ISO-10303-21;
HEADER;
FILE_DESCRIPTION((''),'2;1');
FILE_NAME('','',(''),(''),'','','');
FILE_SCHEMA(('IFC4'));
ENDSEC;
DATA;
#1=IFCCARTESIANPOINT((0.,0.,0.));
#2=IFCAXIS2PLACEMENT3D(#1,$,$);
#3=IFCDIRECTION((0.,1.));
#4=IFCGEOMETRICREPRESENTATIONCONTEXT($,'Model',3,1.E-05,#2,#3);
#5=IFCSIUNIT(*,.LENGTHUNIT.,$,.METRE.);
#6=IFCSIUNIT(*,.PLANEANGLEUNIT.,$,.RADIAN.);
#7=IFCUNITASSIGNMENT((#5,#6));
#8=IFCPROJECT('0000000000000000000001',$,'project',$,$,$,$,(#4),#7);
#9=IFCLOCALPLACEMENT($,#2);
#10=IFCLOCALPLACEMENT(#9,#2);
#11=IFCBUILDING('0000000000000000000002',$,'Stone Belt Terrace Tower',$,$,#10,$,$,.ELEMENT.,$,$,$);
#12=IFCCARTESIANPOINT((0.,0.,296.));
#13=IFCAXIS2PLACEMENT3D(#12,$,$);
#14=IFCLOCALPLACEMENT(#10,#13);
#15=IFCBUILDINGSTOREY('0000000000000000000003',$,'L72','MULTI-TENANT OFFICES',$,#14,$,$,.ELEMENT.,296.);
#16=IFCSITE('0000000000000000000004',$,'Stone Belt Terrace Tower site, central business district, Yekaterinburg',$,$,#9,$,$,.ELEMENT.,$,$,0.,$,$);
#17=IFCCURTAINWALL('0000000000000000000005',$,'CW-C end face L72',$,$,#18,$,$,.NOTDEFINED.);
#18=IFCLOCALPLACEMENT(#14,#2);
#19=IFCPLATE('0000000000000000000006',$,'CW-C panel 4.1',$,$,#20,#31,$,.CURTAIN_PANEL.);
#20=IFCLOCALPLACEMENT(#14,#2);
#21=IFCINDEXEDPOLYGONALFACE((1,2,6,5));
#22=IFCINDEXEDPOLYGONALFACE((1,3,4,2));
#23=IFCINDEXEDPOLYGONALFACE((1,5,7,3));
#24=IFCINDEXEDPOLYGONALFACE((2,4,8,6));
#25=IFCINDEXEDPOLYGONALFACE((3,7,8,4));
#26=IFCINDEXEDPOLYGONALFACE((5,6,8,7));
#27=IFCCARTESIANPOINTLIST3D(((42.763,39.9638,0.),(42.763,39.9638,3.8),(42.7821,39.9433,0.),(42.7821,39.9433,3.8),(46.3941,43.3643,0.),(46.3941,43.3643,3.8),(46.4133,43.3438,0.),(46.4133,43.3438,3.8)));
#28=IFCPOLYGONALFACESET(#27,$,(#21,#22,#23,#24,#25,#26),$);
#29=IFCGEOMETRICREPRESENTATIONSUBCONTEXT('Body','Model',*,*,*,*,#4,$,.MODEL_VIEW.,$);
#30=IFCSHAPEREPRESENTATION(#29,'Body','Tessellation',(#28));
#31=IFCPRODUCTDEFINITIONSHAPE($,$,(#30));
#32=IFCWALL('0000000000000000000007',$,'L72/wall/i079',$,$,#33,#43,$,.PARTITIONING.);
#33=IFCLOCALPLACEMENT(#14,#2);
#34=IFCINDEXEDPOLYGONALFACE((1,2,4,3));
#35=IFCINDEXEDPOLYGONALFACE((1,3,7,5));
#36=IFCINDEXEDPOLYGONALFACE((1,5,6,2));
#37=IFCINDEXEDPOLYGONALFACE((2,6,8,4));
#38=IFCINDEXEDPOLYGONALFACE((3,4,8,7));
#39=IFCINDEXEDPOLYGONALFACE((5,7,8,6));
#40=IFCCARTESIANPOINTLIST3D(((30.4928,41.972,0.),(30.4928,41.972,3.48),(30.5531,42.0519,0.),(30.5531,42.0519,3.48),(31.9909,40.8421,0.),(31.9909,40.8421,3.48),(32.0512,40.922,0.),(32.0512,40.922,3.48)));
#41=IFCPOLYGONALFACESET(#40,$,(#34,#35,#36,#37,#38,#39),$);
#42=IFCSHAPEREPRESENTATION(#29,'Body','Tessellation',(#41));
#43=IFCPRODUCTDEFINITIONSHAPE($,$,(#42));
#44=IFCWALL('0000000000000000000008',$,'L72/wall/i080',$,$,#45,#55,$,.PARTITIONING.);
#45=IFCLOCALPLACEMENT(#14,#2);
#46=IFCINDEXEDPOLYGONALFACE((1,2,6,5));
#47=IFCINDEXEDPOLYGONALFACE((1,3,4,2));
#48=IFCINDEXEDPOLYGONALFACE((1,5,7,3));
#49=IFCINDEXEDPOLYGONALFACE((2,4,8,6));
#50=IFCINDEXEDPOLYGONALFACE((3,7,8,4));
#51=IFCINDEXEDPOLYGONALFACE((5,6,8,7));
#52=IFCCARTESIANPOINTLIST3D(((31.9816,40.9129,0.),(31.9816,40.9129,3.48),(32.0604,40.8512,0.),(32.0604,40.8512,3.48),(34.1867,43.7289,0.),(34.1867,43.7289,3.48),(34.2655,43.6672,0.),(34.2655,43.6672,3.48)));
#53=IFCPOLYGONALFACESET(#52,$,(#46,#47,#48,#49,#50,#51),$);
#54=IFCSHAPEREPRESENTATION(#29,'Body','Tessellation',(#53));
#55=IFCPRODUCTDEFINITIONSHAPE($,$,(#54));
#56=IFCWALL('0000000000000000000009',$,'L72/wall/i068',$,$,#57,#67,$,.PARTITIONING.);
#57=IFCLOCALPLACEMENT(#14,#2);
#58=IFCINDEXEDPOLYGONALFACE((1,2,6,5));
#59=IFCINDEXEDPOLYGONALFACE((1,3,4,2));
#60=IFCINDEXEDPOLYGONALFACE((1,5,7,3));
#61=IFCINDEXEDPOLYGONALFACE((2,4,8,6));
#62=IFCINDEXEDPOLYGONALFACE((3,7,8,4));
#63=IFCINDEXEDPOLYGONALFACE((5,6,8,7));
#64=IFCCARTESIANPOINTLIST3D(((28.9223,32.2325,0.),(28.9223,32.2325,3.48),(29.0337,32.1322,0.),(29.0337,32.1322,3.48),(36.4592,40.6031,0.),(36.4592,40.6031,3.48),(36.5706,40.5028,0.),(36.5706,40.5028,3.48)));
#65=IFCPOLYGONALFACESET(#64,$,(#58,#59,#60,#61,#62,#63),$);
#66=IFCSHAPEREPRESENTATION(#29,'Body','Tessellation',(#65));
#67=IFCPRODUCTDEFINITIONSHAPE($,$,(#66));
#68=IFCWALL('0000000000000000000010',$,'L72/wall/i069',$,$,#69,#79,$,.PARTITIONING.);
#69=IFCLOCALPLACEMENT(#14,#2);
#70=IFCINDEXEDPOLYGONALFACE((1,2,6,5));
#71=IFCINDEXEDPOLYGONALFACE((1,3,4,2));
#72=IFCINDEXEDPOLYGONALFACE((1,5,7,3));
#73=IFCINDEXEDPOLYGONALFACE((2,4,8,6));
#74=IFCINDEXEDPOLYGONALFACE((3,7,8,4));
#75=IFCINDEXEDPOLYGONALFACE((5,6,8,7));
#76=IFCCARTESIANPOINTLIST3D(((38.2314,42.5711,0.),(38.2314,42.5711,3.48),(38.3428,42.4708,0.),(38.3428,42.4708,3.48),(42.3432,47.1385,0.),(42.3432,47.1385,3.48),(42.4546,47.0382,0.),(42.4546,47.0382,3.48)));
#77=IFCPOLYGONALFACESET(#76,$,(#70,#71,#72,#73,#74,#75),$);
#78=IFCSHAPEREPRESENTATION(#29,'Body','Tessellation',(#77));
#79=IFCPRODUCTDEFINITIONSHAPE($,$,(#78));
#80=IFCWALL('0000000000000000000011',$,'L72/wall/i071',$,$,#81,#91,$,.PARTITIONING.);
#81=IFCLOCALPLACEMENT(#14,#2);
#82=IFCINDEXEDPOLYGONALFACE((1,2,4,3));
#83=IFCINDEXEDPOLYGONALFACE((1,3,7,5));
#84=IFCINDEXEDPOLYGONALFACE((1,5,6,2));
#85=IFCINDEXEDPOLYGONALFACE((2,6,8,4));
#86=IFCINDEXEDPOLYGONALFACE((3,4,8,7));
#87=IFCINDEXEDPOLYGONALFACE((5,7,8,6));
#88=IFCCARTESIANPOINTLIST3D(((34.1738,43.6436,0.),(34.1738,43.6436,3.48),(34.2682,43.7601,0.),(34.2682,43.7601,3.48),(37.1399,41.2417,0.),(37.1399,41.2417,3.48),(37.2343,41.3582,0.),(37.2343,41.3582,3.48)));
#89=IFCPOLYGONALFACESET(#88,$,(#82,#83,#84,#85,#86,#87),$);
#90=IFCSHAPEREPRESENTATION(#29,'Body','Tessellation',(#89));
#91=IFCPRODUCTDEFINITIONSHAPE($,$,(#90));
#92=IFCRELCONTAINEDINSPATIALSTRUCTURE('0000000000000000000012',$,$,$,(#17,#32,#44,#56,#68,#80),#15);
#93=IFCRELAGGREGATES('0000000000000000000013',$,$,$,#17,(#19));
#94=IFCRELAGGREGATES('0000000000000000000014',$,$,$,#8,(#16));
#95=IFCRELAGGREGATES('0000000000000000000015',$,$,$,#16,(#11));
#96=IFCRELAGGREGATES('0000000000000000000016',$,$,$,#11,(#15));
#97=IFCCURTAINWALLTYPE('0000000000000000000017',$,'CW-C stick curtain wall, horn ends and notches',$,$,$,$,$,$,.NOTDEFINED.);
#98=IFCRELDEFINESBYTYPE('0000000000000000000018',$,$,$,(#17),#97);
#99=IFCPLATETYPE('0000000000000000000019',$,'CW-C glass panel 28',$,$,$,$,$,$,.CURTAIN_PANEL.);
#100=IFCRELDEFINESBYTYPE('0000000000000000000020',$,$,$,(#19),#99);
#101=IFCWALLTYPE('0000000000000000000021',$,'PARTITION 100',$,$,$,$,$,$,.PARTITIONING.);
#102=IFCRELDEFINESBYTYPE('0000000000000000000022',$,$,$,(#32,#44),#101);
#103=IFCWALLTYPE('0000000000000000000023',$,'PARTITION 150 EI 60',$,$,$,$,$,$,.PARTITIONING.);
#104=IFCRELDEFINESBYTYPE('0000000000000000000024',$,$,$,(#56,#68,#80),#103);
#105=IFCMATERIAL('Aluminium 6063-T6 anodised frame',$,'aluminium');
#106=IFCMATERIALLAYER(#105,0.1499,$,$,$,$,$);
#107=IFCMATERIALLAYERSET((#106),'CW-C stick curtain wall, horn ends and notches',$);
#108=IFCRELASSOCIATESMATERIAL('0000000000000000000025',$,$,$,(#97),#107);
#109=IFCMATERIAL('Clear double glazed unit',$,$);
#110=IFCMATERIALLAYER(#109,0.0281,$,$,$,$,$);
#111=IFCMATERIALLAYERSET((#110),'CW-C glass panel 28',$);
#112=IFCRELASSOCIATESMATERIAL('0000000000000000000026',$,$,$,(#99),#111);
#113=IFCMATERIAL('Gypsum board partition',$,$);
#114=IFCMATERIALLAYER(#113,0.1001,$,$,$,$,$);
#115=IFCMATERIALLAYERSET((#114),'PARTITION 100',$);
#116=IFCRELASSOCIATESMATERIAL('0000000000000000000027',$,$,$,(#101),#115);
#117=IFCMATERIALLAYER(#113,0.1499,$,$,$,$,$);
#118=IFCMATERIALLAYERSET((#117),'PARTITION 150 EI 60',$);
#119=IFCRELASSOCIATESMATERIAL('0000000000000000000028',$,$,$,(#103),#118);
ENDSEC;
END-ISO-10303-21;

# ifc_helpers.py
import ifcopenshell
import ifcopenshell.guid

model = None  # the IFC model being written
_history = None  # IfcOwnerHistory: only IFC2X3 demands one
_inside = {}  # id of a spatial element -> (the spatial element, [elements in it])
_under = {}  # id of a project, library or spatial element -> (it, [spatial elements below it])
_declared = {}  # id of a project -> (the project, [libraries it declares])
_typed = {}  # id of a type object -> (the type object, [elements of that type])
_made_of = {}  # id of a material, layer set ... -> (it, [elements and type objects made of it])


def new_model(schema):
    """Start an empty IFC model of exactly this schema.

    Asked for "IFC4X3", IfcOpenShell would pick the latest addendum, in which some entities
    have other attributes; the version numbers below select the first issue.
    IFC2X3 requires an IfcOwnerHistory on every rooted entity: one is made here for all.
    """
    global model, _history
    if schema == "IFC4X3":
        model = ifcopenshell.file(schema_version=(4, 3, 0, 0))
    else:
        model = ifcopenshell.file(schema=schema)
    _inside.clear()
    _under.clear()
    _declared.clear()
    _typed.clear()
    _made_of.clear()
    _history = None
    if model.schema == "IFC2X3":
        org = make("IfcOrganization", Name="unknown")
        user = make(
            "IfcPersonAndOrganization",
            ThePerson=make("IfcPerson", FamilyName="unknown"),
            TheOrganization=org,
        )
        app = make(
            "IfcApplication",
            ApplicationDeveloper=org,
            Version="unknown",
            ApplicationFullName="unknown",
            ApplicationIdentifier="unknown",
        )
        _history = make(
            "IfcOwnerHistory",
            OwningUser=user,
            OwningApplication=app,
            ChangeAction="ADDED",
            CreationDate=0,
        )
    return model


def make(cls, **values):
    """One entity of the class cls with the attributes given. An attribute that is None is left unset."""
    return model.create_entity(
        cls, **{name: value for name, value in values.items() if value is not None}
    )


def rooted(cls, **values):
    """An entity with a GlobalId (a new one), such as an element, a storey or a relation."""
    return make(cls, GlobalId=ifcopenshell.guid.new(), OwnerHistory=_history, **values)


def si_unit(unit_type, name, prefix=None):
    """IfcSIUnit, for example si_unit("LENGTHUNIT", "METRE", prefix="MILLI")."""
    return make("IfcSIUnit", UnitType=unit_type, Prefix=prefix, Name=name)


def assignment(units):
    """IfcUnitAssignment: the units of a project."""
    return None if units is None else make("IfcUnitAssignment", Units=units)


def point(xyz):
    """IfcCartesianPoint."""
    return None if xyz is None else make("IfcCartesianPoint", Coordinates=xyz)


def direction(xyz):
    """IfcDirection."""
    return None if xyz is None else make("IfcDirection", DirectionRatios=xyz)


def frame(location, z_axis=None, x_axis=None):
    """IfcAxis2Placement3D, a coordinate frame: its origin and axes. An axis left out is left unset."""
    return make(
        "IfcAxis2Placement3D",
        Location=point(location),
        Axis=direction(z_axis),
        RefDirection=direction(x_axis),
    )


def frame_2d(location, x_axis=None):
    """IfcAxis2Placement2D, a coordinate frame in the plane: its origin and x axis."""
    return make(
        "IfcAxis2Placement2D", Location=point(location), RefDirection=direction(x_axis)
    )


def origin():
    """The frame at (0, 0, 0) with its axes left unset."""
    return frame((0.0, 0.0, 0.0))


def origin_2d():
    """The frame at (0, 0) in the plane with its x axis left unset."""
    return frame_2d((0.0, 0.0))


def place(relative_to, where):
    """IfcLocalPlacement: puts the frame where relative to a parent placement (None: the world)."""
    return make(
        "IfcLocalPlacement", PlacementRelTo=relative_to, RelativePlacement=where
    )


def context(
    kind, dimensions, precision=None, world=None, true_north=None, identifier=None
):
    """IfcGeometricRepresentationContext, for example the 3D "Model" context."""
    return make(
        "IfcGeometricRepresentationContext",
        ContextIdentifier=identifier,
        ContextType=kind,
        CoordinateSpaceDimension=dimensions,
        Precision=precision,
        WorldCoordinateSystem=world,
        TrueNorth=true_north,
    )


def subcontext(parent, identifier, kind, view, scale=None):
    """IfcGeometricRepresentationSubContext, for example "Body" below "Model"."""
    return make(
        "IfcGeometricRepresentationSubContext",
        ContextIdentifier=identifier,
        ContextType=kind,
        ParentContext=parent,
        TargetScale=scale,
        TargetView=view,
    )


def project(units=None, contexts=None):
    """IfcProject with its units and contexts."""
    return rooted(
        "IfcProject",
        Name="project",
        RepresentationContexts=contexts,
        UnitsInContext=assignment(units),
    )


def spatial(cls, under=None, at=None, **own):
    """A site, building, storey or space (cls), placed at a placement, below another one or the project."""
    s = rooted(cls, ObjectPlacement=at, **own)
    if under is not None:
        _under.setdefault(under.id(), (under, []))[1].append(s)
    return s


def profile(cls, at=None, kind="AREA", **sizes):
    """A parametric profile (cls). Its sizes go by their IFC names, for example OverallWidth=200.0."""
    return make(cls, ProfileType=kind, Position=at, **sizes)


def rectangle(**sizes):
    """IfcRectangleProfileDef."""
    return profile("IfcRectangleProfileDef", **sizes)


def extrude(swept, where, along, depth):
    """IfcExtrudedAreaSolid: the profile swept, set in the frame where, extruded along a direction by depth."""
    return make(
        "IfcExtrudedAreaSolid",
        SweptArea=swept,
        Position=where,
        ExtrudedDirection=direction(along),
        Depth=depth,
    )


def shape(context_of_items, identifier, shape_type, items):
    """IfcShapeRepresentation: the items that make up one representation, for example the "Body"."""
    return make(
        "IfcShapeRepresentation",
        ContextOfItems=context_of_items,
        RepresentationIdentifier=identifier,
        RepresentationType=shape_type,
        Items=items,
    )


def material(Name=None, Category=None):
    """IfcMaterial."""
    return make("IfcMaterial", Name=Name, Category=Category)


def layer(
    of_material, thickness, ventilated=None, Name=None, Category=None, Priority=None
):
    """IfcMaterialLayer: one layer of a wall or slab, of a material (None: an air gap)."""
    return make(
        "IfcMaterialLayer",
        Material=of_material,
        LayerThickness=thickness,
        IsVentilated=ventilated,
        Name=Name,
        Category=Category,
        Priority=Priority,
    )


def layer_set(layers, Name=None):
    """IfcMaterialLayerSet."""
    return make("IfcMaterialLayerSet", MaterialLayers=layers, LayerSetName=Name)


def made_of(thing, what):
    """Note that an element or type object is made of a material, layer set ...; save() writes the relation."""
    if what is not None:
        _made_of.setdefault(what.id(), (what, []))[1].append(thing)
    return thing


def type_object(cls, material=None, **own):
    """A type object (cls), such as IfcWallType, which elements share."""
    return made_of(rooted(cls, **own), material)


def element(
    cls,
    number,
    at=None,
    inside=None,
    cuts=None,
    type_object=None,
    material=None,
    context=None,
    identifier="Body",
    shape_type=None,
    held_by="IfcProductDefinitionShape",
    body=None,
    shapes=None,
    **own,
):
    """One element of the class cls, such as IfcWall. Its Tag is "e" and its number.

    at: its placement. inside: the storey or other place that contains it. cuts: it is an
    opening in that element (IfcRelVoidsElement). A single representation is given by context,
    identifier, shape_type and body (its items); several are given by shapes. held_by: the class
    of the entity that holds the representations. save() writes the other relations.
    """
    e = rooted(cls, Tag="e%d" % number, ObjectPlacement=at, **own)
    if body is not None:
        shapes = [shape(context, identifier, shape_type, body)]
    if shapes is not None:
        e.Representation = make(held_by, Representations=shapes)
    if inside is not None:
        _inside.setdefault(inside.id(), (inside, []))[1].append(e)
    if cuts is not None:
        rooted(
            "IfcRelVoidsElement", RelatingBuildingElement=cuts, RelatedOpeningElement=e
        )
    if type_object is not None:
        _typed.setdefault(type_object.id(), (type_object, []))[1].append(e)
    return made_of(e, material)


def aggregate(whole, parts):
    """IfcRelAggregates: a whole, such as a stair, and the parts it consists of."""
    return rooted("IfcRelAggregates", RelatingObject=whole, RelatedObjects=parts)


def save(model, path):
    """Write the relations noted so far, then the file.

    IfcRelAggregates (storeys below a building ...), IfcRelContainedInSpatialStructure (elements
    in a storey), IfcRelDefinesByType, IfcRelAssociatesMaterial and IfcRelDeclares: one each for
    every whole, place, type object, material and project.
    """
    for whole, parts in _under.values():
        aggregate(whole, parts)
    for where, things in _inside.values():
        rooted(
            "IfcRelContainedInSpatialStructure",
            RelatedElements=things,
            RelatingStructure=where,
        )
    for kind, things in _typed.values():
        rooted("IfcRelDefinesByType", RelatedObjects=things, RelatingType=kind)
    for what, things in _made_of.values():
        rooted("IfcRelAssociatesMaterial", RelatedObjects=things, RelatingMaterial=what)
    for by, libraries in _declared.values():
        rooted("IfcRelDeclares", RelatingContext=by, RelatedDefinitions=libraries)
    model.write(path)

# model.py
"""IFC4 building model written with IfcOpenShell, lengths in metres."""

from ifc_helpers import new_model, si_unit, direction, frame, frame_2d, origin, origin_2d, place, context, subcontext, project, spatial, rectangle, extrude, material, layer, layer_set, type_object, element, aggregate, save


model = new_model("IFC4")

# Units and contexts
model_context = context("Model", 3, precision=1e-05, world=origin(), true_north=direction((0.0, 1.0)))
body_context = subcontext(model_context, "Body", "Model", "MODEL_VIEW")
ifc_project = project(units=[si_unit("LENGTHUNIT", "METRE"), si_unit("PLANEANGLEUNIT", "RADIAN")], contexts=[model_context])

# Site, building, storey
site_placement = place(None, origin())
site = spatial("IfcSite", under=ifc_project, at=site_placement, Name="Stone Belt Terrace Tower site, central business district, Yekaterinburg", CompositionType="ELEMENT", RefElevation=0.0)
building_placement = place(site_placement, origin())
building = spatial("IfcBuilding", under=site, at=building_placement, Name="Stone Belt Terrace Tower", CompositionType="ELEMENT")
storey_placement = place(building_placement, frame((0.0, 0.0, 296.0)))
storey = spatial("IfcBuildingStorey", under=building, at=storey_placement, Name="L72", Description="MULTI-TENANT OFFICES", CompositionType="ELEMENT", Elevation=296.0)

# Curtain wall
ifc_material_1 = material(Name="Aluminium 6063-T6 anodised frame", Category="aluminium")
ifc_layer_1 = layer(ifc_material_1, 0.1499)
ifc_layer_set_1 = layer_set([ifc_layer_1], Name="CW-C stick curtain wall, horn ends and notches")
curtain_wall_type_1 = type_object("IfcCurtainWallType", Name="CW-C stick curtain wall, horn ends and notches", PredefinedType="NOTDEFINED", material=ifc_layer_set_1)
curtain_wall_1_placement = place(storey_placement, origin())
curtain_wall_1 = element("IfcCurtainWall", 1, at=curtain_wall_1_placement, inside=storey, type_object=curtain_wall_type_1, Name="CW-C end face L72", PredefinedType="NOTDEFINED")

# Shared definitions
ifc_material_2 = material(Name="Clear double glazed unit")

# Plate
ifc_layer_2 = layer(ifc_material_2, 0.0281)
ifc_layer_set_2 = layer_set([ifc_layer_2], Name="CW-C glass panel 28")
plate_type_1 = type_object("IfcPlateType", Name="CW-C glass panel 28", PredefinedType="CURTAIN_PANEL", material=ifc_layer_set_2)
plate_1_placement = place(storey_placement, frame((44.5881, 41.6538, 0.0), z_axis=(0.0, 0.0, 1.0), x_axis=(0.729904, 0.683549, 0.0)))
plate_1 = element("IfcPlate", 2, at=plate_1_placement, type_object=plate_type_1, Name="CW-C panel 4.1", PredefinedType="CURTAIN_PANEL", context=body_context, shape_type="SweptSolid", body=[
    extrude(rectangle(XDim=4.9749, YDim=0.0281, at=origin_2d()), origin(), (0.0, 0.0, 1.0), 3.8),
])
aggregate(curtain_wall_1, [plate_1])

# Walls
ifc_material_3 = material(Name="Gypsum board partition")
ifc_layer_3 = layer(ifc_material_3, 0.1001)
ifc_layer_set_3 = layer_set([ifc_layer_3], Name="PARTITION 100")
wall_type_1 = type_object("IfcWallType", Name="PARTITION 100", PredefinedType="PARTITIONING", material=ifc_layer_set_3)
wall_1_placement = place(storey_placement, frame((30.5229, 42.012, 0.0), z_axis=(0.0, 0.0, 1.0), x_axis=(0.798373, -0.602163, 0.0)))
element("IfcWall", 3, at=wall_1_placement, inside=storey, type_object=wall_type_1, Name="L72/wall/i079", PredefinedType="PARTITIONING", context=body_context, shape_type="SweptSolid", body=[
    extrude(rectangle(XDim=1.8765, YDim=0.1001, at=frame_2d((0.9382, 0.0))), origin(), (0.0, 0.0, 1.0), 3.48),
])
wall_2_placement = place(storey_placement, frame((32.021, 40.8821, 0.0), z_axis=(0.0, 0.0, 1.0), x_axis=(0.616536, 0.787326, 0.0)))
element("IfcWall", 4, at=wall_2_placement, inside=storey, type_object=wall_type_1, Name="L72/wall/i080", PredefinedType="PARTITIONING", context=body_context, shape_type="SweptSolid", body=[
    extrude(rectangle(XDim=3.5767, YDim=0.1001, at=frame_2d((1.7883, 0.0))), origin(), (0.0, 0.0, 1.0), 3.48),
])
ifc_layer_4 = layer(ifc_material_3, 0.1499)
ifc_layer_set_4 = layer_set([ifc_layer_4], Name="PARTITION 150 EI 60")
wall_type_2 = type_object("IfcWallType", Name="PARTITION 150 EI 60", PredefinedType="PARTITIONING", material=ifc_layer_set_4)
wall_3_placement = place(storey_placement, frame((28.978, 32.1824, 0.0), z_axis=(0.0, 0.0, 1.0), x_axis=(0.669128, 0.743148, 0.0)))
element("IfcWall", 5, at=wall_3_placement, inside=storey, type_object=wall_type_2, Name="L72/wall/i068", PredefinedType="PARTITIONING", context=body_context, shape_type="SweptSolid", body=[
    extrude(rectangle(XDim=11.2637, YDim=0.1499, at=frame_2d((5.6318, 0.0))), origin(), (0.0, 0.0, 1.0), 3.48),
])
wall_4_placement = place(storey_placement, frame((38.2871, 42.521, 0.0), z_axis=(0.0, 0.0, 1.0), x_axis=(0.66907, 0.743199, 0.0)))
element("IfcWall", 6, at=wall_4_placement, inside=storey, type_object=wall_type_2, Name="L72/wall/i069", PredefinedType="PARTITIONING", context=body_context, shape_type="SweptSolid", body=[
    extrude(rectangle(XDim=6.1455, YDim=0.1499, at=frame_2d((3.0728, 0.0))), origin(), (0.0, 0.0, 1.0), 3.48),
])
wall_5_placement = place(storey_placement, frame((37.187, 41.3, 0.0), z_axis=(0.0, 0.0, 1.0), x_axis=(-0.777148, 0.629318, 0.0)))
element("IfcWall", 7, at=wall_5_placement, inside=storey, type_object=wall_type_2, Name="L72/wall/i071", PredefinedType="PARTITIONING", context=body_context, shape_type="SweptSolid", body=[
    extrude(rectangle(XDim=3.8167, YDim=0.1499, at=frame_2d((1.9082, 0.0))), origin(), (0.0, 0.0, 1.0), 3.48),
])

save(model, "model.ifc")
